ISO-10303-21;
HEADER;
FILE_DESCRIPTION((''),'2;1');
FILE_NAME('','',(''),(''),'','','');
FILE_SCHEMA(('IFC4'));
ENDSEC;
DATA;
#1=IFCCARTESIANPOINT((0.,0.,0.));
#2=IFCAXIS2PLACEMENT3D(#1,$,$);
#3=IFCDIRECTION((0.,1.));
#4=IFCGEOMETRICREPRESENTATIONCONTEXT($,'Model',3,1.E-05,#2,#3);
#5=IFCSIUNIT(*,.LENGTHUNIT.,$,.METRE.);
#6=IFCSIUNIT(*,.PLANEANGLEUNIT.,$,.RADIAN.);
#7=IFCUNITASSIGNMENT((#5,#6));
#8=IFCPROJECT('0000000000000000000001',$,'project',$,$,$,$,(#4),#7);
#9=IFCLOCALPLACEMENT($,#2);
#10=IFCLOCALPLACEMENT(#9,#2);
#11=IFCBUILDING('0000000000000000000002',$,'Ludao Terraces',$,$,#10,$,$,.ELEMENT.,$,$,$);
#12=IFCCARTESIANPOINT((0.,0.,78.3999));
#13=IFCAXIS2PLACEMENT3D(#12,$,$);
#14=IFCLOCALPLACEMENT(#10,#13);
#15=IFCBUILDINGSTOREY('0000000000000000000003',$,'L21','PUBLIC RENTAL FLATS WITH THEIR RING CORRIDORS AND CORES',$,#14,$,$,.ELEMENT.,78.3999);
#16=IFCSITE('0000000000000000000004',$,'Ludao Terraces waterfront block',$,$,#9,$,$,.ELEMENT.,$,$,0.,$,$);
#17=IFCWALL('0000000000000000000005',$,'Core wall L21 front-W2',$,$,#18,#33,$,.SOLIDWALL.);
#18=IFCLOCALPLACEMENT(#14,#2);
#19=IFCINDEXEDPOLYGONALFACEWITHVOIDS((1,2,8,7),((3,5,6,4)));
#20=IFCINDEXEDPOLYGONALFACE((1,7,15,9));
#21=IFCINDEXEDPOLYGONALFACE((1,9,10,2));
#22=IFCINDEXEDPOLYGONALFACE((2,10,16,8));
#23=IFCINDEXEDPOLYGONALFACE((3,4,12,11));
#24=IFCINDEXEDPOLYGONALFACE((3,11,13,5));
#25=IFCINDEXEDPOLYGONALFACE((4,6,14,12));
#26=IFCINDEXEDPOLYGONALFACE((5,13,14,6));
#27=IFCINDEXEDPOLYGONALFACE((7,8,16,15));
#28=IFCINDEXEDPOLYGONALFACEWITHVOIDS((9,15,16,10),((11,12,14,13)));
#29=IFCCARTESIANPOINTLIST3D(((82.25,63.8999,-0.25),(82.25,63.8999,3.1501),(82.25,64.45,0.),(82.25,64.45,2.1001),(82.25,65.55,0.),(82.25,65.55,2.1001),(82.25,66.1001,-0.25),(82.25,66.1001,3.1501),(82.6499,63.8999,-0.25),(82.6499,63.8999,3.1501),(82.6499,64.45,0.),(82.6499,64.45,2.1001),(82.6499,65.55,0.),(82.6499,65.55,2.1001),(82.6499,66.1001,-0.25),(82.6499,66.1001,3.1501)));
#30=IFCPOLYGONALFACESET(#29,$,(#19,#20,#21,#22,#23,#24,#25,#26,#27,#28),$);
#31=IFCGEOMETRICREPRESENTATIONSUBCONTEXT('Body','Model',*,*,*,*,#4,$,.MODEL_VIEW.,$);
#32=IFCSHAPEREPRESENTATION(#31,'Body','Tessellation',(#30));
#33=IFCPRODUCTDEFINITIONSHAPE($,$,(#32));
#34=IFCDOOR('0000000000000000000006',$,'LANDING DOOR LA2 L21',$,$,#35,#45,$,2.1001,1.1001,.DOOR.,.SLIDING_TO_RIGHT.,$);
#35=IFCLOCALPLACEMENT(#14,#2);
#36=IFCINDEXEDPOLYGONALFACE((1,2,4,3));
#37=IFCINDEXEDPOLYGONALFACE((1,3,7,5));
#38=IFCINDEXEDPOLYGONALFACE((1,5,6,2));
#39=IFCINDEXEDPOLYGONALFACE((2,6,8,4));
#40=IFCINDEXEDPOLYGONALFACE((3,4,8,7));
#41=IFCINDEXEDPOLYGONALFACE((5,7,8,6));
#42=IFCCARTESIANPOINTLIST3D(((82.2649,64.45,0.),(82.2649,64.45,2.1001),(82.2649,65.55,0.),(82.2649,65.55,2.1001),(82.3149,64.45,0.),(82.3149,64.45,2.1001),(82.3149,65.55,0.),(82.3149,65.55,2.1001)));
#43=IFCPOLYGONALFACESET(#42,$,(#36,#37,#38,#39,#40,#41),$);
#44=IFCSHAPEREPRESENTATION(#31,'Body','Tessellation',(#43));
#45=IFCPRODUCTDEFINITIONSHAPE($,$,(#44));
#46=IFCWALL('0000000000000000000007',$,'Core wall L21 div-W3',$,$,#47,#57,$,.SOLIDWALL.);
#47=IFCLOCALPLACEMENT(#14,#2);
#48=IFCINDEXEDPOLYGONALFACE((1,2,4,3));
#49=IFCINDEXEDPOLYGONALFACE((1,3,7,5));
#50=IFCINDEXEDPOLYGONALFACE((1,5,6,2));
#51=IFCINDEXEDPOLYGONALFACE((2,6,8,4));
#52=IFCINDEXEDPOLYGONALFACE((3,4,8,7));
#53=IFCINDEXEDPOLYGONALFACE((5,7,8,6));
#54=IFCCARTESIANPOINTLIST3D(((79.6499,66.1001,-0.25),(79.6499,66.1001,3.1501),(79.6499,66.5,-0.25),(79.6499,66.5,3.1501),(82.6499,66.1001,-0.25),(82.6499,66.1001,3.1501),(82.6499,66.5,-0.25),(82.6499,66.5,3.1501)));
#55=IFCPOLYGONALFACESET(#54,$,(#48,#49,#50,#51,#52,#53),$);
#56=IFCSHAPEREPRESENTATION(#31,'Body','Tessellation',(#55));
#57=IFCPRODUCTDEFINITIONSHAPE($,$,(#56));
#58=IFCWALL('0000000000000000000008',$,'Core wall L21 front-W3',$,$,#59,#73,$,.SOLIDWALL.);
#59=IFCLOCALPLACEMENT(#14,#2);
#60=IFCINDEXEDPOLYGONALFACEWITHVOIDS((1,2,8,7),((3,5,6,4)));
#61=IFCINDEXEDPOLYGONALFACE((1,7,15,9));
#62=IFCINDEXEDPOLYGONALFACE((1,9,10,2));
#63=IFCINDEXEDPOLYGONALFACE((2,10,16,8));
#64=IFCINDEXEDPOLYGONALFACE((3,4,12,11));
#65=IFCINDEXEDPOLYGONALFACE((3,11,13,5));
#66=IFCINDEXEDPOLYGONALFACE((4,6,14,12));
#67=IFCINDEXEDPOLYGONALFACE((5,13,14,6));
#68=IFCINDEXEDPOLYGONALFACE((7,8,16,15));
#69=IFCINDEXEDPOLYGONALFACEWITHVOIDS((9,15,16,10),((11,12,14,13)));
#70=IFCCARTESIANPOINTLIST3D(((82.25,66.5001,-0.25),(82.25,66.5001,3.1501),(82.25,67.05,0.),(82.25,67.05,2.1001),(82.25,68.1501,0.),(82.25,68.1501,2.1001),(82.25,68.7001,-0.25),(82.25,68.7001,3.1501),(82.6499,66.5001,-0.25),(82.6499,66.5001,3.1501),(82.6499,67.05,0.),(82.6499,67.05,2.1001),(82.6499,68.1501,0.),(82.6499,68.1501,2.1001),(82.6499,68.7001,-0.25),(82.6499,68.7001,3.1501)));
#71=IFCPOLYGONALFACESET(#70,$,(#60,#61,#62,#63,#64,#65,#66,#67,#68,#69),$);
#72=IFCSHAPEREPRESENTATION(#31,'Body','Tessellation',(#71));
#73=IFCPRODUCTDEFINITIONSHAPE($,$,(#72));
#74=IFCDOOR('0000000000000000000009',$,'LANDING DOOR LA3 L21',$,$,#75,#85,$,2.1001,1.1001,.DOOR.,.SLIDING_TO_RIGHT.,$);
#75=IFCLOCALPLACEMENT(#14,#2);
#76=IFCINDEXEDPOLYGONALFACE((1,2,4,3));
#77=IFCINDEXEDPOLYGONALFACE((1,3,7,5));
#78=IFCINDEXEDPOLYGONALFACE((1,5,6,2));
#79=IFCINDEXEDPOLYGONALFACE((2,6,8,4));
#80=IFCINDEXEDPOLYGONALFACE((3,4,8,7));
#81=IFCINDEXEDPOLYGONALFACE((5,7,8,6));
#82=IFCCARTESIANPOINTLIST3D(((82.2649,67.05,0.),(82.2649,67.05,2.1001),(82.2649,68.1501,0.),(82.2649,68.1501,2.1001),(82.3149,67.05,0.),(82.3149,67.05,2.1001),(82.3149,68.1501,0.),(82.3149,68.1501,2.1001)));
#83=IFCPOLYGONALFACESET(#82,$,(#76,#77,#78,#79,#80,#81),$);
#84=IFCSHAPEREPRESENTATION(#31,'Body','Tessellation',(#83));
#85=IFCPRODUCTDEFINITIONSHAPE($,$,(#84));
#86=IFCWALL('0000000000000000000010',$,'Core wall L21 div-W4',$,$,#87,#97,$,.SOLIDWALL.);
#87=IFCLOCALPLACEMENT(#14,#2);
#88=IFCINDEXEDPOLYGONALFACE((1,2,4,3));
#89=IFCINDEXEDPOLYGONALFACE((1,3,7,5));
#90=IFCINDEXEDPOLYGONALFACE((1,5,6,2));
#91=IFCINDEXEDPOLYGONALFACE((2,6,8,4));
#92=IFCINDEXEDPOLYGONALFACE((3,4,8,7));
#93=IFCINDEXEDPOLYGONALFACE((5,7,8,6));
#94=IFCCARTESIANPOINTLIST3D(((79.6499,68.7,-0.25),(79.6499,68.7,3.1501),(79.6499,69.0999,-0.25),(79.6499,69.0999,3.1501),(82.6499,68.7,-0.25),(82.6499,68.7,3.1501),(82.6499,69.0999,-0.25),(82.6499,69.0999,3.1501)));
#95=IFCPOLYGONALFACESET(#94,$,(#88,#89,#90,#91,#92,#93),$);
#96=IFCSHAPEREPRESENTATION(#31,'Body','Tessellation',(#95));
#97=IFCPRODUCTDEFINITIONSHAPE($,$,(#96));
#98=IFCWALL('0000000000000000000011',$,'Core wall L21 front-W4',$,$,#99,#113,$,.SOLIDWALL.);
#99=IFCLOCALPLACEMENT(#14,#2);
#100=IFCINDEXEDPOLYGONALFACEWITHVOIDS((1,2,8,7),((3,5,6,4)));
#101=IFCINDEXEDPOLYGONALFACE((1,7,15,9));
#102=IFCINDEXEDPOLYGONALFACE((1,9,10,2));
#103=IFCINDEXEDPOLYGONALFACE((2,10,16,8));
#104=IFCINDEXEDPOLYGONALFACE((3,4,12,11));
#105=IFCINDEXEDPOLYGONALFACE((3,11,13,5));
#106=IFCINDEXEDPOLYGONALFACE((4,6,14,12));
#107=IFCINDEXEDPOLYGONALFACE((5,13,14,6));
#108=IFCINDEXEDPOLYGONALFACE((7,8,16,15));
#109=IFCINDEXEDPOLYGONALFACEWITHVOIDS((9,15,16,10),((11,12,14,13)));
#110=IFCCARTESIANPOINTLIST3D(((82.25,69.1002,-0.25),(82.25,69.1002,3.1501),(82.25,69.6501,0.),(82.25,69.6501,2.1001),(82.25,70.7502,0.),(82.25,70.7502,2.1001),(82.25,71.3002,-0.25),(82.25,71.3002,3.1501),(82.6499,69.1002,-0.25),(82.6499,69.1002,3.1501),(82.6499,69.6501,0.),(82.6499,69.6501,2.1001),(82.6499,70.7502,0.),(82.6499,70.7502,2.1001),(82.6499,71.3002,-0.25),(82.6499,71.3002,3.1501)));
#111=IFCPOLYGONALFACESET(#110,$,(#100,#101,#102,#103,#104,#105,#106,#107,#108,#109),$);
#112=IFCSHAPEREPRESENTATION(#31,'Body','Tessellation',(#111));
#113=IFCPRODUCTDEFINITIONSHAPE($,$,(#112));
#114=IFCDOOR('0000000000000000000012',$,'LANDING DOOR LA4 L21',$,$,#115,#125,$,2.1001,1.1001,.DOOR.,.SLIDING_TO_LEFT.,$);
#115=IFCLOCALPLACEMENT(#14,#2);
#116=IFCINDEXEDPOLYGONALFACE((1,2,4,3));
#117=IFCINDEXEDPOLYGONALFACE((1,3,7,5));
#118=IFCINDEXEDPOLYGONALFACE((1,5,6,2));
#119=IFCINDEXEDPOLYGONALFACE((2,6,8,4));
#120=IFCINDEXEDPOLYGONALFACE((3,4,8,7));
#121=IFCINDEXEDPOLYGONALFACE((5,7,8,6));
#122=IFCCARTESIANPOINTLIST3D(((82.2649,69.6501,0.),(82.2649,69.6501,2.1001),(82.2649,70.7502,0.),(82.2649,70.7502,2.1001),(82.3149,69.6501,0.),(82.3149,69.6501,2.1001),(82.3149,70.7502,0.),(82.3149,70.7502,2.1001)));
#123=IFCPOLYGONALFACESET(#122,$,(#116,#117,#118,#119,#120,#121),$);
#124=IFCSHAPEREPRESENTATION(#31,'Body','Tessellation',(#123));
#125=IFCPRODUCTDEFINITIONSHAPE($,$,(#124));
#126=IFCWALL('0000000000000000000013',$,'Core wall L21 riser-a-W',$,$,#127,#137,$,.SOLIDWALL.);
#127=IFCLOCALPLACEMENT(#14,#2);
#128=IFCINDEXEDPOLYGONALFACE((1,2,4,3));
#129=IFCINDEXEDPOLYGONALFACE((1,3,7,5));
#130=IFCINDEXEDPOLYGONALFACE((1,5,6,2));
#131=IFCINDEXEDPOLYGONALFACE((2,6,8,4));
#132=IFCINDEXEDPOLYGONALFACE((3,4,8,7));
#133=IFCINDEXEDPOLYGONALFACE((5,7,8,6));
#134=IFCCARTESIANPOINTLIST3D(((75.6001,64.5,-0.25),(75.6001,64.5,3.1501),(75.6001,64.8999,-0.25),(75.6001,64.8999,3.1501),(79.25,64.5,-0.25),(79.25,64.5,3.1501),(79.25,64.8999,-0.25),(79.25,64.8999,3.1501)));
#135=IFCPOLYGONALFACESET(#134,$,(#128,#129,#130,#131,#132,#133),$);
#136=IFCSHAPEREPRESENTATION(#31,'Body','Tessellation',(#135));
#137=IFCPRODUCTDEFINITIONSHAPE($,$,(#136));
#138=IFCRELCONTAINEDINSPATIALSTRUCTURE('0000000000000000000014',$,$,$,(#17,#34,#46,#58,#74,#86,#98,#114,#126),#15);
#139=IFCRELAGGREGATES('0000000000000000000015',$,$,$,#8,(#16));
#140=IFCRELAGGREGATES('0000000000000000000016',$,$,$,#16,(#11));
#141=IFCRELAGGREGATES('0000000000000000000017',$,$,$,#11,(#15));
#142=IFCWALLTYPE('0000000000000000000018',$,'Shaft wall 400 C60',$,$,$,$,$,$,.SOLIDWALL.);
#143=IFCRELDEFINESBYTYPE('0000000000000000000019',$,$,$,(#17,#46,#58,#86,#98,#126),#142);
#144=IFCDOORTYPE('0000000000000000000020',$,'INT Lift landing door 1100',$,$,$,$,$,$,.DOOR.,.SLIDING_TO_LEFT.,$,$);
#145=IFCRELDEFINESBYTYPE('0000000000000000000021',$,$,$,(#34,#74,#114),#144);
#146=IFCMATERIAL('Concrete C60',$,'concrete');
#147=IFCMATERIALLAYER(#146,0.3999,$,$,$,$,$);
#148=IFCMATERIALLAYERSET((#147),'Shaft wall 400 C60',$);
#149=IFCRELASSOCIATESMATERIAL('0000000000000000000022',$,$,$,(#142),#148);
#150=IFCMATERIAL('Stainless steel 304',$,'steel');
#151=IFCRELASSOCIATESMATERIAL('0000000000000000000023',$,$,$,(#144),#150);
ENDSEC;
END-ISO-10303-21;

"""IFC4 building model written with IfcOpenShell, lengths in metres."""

from ifc_helpers import new_model, si_unit, direction, frame, frame_2d, origin, place, context, subcontext, project, spatial, rectangle, extrude, material, layer, layer_set, type_object, element, fill, save


model = new_model("IFC4")

# Units and contexts
model_context = context("Model", 3, precision=1e-05, world=origin(), true_north=direction((0.0, 1.0)))
body_context = subcontext(model_context, "Body", "Model", "MODEL_VIEW")
ifc_project = project(units=[si_unit("LENGTHUNIT", "METRE"), si_unit("PLANEANGLEUNIT", "RADIAN")], contexts=[model_context])

# Site, building, storey
site_placement = place(None, origin())
site = spatial("IfcSite", under=ifc_project, at=site_placement, Name="Ludao Terraces waterfront block", CompositionType="ELEMENT", RefElevation=0.0)
building_placement = place(site_placement, origin())
building = spatial("IfcBuilding", under=site, at=building_placement, Name="Ludao Terraces", CompositionType="ELEMENT")
storey_placement = place(building_placement, frame((0.0, 0.0, 78.3999)))
storey = spatial("IfcBuildingStorey", under=building, at=storey_placement, Name="L21", Description="PUBLIC RENTAL FLATS WITH THEIR RING CORRIDORS AND CORES", CompositionType="ELEMENT", Elevation=78.3999)

# Wall, opening, door
ifc_material_1 = material(Name="Concrete C60", Category="concrete")
ifc_layer_1 = layer(ifc_material_1, 0.3999)
ifc_layer_set_1 = layer_set([ifc_layer_1], Name="Shaft wall 400 C60")
wall_type_1 = type_object("IfcWallType", Name="Shaft wall 400 C60", PredefinedType="SOLIDWALL", material=ifc_layer_set_1)
wall_1_placement = place(storey_placement, frame((82.45, 63.8999, -0.25), z_axis=(0.0, 0.0, 1.0), x_axis=(0.0, 1.0, 0.0)))
wall_1 = element("IfcWall", 1, at=wall_1_placement, inside=storey, type_object=wall_type_1, Name="Core wall L21 front-W2", PredefinedType="SOLIDWALL", context=body_context, shape_type="SweptSolid", body=[
    extrude(rectangle(XDim=2.2002, YDim=0.3999, at=frame_2d((1.1001, 0.0))), origin(), (0.0, 0.0, 1.0), 3.4001),
])
opening_1_placement = place(wall_1_placement, frame((0.55, 0.0, 0.25)))
opening_1 = element("IfcOpeningElement", 2, at=opening_1_placement, cuts=wall_1, PredefinedType="OPENING", context=body_context, shape_type="SweptSolid", body=[
    extrude(rectangle(XDim=1.1001, YDim=2.1001, at=frame_2d((0.55, 1.05))), frame((0.0, 0.21, 0.0), z_axis=(0.0, -1.0, 0.0), x_axis=(1.0, 0.0, 0.0)), (0.0, 0.0, 1.0), 0.4199),
])
ifc_material_2 = material(Name="Stainless steel 304", Category="steel")
door_type_1 = type_object("IfcDoorType", Name="INT Lift landing door 1100", OperationType="SLIDING_TO_LEFT", PredefinedType="DOOR", material=ifc_material_2)
door_1_placement = place(opening_1_placement, origin())
door_1 = element("IfcDoor", 3, at=door_1_placement, inside=storey, type_object=door_type_1, Name="LANDING DOOR LA2 L21", OperationType="SLIDING_TO_RIGHT", OverallHeight=2.1001, OverallWidth=1.1001, PredefinedType="DOOR", context=body_context, shape_type="SweptSolid", body=[
    extrude(rectangle(XDim=1.1001, YDim=2.1001, at=frame_2d((0.55, 1.05))), frame((0.0, 0.1851, 0.0), z_axis=(0.0, -1.0, 0.0), x_axis=(1.0, 0.0, 0.0)), (0.0, 0.0, 1.0), 0.05),
])
fill(opening_1, door_1)

# Wall
wall_2_placement = place(storey_placement, frame((79.6499, 66.3, -0.25), z_axis=(0.0, 0.0, 1.0), x_axis=(1.0, 0.0, 0.0)))
element("IfcWall", 4, at=wall_2_placement, inside=storey, type_object=wall_type_1, Name="Core wall L21 div-W3", PredefinedType="SOLIDWALL", context=body_context, shape_type="SweptSolid", body=[
    extrude(rectangle(XDim=3.0, YDim=0.3999, at=frame_2d((1.5, 0.0))), origin(), (0.0, 0.0, 1.0), 3.4001),
])

# Wall, opening, door
wall_3_placement = place(storey_placement, frame((82.45, 66.5, -0.25), z_axis=(0.0, 0.0, 1.0), x_axis=(0.0, 1.0, 0.0)))
wall_3 = element("IfcWall", 5, at=wall_3_placement, inside=storey, type_object=wall_type_1, Name="Core wall L21 front-W3", PredefinedType="SOLIDWALL", context=body_context, shape_type="SweptSolid", body=[
    extrude(rectangle(XDim=2.2, YDim=0.3999, at=frame_2d((1.1001, 0.0))), origin(), (0.0, 0.0, 1.0), 3.4001),
])
opening_2_placement = place(wall_3_placement, frame((0.55, 0.0, 0.25)))
opening_2 = element("IfcOpeningElement", 6, at=opening_2_placement, cuts=wall_3, PredefinedType="OPENING", context=body_context, shape_type="SweptSolid", body=[
    extrude(rectangle(XDim=1.1001, YDim=2.1001, at=frame_2d((0.55, 1.05))), frame((0.0, 0.21, 0.0), z_axis=(0.0, -1.0, 0.0), x_axis=(1.0, 0.0, 0.0)), (0.0, 0.0, 1.0), 0.4199),
])
door_2_placement = place(opening_2_placement, origin())
door_2 = element("IfcDoor", 7, at=door_2_placement, inside=storey, type_object=door_type_1, Name="LANDING DOOR LA3 L21", OperationType="SLIDING_TO_RIGHT", OverallHeight=2.1001, OverallWidth=1.1001, PredefinedType="DOOR", context=body_context, shape_type="SweptSolid", body=[
    extrude(rectangle(XDim=1.1001, YDim=2.1001, at=frame_2d((0.55, 1.05))), frame((0.0, 0.1851, 0.0), z_axis=(0.0, -1.0, 0.0), x_axis=(1.0, 0.0, 0.0)), (0.0, 0.0, 1.0), 0.05),
])
fill(opening_2, door_2)

# Wall
wall_4_placement = place(storey_placement, frame((79.6499, 68.8999, -0.25), z_axis=(0.0, 0.0, 1.0), x_axis=(1.0, 0.0, 0.0)))
element("IfcWall", 8, at=wall_4_placement, inside=storey, type_object=wall_type_1, Name="Core wall L21 div-W4", PredefinedType="SOLIDWALL", context=body_context, shape_type="SweptSolid", body=[
    extrude(rectangle(XDim=3.0, YDim=0.3999, at=frame_2d((1.5, 0.0))), origin(), (0.0, 0.0, 1.0), 3.4001),
])

# Wall, opening, door
wall_5_placement = place(storey_placement, frame((82.45, 69.1001, -0.25), z_axis=(0.0, 0.0, 1.0), x_axis=(0.0, 1.0, 0.0)))
wall_5 = element("IfcWall", 9, at=wall_5_placement, inside=storey, type_object=wall_type_1, Name="Core wall L21 front-W4", PredefinedType="SOLIDWALL", context=body_context, shape_type="SweptSolid", body=[
    extrude(rectangle(XDim=2.2, YDim=0.3999, at=frame_2d((1.1001, 0.0))), origin(), (0.0, 0.0, 1.0), 3.4001),
])
opening_3_placement = place(wall_5_placement, frame((0.55, 0.0, 0.25)))
opening_3 = element("IfcOpeningElement", 10, at=opening_3_placement, cuts=wall_5, PredefinedType="OPENING", context=body_context, shape_type="SweptSolid", body=[
    extrude(rectangle(XDim=1.1001, YDim=2.1001, at=frame_2d((0.55, 1.05))), frame((0.0, 0.21, 0.0), z_axis=(0.0, -1.0, 0.0), x_axis=(1.0, 0.0, 0.0)), (0.0, 0.0, 1.0), 0.4199),
])
door_3_placement = place(opening_3_placement, origin())
door_3 = element("IfcDoor", 11, at=door_3_placement, inside=storey, type_object=door_type_1, Name="LANDING DOOR LA4 L21", OperationType="SLIDING_TO_LEFT", OverallHeight=2.1001, OverallWidth=1.1001, PredefinedType="DOOR", context=body_context, shape_type="SweptSolid", body=[
    extrude(rectangle(XDim=1.1001, YDim=2.1001, at=frame_2d((0.55, 1.05))), frame((0.0, 0.1851, 0.0), z_axis=(0.0, -1.0, 0.0), x_axis=(1.0, 0.0, 0.0)), (0.0, 0.0, 1.0), 0.05),
])
fill(opening_3, door_3)

# Wall
wall_6_placement = place(storey_placement, frame((75.6001, 64.7, -0.25), z_axis=(0.0, 0.0, 1.0), x_axis=(1.0, 0.0, 0.0)))
element("IfcWall", 12, at=wall_6_placement, inside=storey, type_object=wall_type_1, Name="Core wall L21 riser-a-W", PredefinedType="SOLIDWALL", context=body_context, shape_type="SweptSolid", body=[
    extrude(rectangle(XDim=3.6499, YDim=0.3999, at=frame_2d((1.825, 0.0))), origin(), (0.0, 0.0, 1.0), 3.4001),
])

save(model, "model.ifc")
